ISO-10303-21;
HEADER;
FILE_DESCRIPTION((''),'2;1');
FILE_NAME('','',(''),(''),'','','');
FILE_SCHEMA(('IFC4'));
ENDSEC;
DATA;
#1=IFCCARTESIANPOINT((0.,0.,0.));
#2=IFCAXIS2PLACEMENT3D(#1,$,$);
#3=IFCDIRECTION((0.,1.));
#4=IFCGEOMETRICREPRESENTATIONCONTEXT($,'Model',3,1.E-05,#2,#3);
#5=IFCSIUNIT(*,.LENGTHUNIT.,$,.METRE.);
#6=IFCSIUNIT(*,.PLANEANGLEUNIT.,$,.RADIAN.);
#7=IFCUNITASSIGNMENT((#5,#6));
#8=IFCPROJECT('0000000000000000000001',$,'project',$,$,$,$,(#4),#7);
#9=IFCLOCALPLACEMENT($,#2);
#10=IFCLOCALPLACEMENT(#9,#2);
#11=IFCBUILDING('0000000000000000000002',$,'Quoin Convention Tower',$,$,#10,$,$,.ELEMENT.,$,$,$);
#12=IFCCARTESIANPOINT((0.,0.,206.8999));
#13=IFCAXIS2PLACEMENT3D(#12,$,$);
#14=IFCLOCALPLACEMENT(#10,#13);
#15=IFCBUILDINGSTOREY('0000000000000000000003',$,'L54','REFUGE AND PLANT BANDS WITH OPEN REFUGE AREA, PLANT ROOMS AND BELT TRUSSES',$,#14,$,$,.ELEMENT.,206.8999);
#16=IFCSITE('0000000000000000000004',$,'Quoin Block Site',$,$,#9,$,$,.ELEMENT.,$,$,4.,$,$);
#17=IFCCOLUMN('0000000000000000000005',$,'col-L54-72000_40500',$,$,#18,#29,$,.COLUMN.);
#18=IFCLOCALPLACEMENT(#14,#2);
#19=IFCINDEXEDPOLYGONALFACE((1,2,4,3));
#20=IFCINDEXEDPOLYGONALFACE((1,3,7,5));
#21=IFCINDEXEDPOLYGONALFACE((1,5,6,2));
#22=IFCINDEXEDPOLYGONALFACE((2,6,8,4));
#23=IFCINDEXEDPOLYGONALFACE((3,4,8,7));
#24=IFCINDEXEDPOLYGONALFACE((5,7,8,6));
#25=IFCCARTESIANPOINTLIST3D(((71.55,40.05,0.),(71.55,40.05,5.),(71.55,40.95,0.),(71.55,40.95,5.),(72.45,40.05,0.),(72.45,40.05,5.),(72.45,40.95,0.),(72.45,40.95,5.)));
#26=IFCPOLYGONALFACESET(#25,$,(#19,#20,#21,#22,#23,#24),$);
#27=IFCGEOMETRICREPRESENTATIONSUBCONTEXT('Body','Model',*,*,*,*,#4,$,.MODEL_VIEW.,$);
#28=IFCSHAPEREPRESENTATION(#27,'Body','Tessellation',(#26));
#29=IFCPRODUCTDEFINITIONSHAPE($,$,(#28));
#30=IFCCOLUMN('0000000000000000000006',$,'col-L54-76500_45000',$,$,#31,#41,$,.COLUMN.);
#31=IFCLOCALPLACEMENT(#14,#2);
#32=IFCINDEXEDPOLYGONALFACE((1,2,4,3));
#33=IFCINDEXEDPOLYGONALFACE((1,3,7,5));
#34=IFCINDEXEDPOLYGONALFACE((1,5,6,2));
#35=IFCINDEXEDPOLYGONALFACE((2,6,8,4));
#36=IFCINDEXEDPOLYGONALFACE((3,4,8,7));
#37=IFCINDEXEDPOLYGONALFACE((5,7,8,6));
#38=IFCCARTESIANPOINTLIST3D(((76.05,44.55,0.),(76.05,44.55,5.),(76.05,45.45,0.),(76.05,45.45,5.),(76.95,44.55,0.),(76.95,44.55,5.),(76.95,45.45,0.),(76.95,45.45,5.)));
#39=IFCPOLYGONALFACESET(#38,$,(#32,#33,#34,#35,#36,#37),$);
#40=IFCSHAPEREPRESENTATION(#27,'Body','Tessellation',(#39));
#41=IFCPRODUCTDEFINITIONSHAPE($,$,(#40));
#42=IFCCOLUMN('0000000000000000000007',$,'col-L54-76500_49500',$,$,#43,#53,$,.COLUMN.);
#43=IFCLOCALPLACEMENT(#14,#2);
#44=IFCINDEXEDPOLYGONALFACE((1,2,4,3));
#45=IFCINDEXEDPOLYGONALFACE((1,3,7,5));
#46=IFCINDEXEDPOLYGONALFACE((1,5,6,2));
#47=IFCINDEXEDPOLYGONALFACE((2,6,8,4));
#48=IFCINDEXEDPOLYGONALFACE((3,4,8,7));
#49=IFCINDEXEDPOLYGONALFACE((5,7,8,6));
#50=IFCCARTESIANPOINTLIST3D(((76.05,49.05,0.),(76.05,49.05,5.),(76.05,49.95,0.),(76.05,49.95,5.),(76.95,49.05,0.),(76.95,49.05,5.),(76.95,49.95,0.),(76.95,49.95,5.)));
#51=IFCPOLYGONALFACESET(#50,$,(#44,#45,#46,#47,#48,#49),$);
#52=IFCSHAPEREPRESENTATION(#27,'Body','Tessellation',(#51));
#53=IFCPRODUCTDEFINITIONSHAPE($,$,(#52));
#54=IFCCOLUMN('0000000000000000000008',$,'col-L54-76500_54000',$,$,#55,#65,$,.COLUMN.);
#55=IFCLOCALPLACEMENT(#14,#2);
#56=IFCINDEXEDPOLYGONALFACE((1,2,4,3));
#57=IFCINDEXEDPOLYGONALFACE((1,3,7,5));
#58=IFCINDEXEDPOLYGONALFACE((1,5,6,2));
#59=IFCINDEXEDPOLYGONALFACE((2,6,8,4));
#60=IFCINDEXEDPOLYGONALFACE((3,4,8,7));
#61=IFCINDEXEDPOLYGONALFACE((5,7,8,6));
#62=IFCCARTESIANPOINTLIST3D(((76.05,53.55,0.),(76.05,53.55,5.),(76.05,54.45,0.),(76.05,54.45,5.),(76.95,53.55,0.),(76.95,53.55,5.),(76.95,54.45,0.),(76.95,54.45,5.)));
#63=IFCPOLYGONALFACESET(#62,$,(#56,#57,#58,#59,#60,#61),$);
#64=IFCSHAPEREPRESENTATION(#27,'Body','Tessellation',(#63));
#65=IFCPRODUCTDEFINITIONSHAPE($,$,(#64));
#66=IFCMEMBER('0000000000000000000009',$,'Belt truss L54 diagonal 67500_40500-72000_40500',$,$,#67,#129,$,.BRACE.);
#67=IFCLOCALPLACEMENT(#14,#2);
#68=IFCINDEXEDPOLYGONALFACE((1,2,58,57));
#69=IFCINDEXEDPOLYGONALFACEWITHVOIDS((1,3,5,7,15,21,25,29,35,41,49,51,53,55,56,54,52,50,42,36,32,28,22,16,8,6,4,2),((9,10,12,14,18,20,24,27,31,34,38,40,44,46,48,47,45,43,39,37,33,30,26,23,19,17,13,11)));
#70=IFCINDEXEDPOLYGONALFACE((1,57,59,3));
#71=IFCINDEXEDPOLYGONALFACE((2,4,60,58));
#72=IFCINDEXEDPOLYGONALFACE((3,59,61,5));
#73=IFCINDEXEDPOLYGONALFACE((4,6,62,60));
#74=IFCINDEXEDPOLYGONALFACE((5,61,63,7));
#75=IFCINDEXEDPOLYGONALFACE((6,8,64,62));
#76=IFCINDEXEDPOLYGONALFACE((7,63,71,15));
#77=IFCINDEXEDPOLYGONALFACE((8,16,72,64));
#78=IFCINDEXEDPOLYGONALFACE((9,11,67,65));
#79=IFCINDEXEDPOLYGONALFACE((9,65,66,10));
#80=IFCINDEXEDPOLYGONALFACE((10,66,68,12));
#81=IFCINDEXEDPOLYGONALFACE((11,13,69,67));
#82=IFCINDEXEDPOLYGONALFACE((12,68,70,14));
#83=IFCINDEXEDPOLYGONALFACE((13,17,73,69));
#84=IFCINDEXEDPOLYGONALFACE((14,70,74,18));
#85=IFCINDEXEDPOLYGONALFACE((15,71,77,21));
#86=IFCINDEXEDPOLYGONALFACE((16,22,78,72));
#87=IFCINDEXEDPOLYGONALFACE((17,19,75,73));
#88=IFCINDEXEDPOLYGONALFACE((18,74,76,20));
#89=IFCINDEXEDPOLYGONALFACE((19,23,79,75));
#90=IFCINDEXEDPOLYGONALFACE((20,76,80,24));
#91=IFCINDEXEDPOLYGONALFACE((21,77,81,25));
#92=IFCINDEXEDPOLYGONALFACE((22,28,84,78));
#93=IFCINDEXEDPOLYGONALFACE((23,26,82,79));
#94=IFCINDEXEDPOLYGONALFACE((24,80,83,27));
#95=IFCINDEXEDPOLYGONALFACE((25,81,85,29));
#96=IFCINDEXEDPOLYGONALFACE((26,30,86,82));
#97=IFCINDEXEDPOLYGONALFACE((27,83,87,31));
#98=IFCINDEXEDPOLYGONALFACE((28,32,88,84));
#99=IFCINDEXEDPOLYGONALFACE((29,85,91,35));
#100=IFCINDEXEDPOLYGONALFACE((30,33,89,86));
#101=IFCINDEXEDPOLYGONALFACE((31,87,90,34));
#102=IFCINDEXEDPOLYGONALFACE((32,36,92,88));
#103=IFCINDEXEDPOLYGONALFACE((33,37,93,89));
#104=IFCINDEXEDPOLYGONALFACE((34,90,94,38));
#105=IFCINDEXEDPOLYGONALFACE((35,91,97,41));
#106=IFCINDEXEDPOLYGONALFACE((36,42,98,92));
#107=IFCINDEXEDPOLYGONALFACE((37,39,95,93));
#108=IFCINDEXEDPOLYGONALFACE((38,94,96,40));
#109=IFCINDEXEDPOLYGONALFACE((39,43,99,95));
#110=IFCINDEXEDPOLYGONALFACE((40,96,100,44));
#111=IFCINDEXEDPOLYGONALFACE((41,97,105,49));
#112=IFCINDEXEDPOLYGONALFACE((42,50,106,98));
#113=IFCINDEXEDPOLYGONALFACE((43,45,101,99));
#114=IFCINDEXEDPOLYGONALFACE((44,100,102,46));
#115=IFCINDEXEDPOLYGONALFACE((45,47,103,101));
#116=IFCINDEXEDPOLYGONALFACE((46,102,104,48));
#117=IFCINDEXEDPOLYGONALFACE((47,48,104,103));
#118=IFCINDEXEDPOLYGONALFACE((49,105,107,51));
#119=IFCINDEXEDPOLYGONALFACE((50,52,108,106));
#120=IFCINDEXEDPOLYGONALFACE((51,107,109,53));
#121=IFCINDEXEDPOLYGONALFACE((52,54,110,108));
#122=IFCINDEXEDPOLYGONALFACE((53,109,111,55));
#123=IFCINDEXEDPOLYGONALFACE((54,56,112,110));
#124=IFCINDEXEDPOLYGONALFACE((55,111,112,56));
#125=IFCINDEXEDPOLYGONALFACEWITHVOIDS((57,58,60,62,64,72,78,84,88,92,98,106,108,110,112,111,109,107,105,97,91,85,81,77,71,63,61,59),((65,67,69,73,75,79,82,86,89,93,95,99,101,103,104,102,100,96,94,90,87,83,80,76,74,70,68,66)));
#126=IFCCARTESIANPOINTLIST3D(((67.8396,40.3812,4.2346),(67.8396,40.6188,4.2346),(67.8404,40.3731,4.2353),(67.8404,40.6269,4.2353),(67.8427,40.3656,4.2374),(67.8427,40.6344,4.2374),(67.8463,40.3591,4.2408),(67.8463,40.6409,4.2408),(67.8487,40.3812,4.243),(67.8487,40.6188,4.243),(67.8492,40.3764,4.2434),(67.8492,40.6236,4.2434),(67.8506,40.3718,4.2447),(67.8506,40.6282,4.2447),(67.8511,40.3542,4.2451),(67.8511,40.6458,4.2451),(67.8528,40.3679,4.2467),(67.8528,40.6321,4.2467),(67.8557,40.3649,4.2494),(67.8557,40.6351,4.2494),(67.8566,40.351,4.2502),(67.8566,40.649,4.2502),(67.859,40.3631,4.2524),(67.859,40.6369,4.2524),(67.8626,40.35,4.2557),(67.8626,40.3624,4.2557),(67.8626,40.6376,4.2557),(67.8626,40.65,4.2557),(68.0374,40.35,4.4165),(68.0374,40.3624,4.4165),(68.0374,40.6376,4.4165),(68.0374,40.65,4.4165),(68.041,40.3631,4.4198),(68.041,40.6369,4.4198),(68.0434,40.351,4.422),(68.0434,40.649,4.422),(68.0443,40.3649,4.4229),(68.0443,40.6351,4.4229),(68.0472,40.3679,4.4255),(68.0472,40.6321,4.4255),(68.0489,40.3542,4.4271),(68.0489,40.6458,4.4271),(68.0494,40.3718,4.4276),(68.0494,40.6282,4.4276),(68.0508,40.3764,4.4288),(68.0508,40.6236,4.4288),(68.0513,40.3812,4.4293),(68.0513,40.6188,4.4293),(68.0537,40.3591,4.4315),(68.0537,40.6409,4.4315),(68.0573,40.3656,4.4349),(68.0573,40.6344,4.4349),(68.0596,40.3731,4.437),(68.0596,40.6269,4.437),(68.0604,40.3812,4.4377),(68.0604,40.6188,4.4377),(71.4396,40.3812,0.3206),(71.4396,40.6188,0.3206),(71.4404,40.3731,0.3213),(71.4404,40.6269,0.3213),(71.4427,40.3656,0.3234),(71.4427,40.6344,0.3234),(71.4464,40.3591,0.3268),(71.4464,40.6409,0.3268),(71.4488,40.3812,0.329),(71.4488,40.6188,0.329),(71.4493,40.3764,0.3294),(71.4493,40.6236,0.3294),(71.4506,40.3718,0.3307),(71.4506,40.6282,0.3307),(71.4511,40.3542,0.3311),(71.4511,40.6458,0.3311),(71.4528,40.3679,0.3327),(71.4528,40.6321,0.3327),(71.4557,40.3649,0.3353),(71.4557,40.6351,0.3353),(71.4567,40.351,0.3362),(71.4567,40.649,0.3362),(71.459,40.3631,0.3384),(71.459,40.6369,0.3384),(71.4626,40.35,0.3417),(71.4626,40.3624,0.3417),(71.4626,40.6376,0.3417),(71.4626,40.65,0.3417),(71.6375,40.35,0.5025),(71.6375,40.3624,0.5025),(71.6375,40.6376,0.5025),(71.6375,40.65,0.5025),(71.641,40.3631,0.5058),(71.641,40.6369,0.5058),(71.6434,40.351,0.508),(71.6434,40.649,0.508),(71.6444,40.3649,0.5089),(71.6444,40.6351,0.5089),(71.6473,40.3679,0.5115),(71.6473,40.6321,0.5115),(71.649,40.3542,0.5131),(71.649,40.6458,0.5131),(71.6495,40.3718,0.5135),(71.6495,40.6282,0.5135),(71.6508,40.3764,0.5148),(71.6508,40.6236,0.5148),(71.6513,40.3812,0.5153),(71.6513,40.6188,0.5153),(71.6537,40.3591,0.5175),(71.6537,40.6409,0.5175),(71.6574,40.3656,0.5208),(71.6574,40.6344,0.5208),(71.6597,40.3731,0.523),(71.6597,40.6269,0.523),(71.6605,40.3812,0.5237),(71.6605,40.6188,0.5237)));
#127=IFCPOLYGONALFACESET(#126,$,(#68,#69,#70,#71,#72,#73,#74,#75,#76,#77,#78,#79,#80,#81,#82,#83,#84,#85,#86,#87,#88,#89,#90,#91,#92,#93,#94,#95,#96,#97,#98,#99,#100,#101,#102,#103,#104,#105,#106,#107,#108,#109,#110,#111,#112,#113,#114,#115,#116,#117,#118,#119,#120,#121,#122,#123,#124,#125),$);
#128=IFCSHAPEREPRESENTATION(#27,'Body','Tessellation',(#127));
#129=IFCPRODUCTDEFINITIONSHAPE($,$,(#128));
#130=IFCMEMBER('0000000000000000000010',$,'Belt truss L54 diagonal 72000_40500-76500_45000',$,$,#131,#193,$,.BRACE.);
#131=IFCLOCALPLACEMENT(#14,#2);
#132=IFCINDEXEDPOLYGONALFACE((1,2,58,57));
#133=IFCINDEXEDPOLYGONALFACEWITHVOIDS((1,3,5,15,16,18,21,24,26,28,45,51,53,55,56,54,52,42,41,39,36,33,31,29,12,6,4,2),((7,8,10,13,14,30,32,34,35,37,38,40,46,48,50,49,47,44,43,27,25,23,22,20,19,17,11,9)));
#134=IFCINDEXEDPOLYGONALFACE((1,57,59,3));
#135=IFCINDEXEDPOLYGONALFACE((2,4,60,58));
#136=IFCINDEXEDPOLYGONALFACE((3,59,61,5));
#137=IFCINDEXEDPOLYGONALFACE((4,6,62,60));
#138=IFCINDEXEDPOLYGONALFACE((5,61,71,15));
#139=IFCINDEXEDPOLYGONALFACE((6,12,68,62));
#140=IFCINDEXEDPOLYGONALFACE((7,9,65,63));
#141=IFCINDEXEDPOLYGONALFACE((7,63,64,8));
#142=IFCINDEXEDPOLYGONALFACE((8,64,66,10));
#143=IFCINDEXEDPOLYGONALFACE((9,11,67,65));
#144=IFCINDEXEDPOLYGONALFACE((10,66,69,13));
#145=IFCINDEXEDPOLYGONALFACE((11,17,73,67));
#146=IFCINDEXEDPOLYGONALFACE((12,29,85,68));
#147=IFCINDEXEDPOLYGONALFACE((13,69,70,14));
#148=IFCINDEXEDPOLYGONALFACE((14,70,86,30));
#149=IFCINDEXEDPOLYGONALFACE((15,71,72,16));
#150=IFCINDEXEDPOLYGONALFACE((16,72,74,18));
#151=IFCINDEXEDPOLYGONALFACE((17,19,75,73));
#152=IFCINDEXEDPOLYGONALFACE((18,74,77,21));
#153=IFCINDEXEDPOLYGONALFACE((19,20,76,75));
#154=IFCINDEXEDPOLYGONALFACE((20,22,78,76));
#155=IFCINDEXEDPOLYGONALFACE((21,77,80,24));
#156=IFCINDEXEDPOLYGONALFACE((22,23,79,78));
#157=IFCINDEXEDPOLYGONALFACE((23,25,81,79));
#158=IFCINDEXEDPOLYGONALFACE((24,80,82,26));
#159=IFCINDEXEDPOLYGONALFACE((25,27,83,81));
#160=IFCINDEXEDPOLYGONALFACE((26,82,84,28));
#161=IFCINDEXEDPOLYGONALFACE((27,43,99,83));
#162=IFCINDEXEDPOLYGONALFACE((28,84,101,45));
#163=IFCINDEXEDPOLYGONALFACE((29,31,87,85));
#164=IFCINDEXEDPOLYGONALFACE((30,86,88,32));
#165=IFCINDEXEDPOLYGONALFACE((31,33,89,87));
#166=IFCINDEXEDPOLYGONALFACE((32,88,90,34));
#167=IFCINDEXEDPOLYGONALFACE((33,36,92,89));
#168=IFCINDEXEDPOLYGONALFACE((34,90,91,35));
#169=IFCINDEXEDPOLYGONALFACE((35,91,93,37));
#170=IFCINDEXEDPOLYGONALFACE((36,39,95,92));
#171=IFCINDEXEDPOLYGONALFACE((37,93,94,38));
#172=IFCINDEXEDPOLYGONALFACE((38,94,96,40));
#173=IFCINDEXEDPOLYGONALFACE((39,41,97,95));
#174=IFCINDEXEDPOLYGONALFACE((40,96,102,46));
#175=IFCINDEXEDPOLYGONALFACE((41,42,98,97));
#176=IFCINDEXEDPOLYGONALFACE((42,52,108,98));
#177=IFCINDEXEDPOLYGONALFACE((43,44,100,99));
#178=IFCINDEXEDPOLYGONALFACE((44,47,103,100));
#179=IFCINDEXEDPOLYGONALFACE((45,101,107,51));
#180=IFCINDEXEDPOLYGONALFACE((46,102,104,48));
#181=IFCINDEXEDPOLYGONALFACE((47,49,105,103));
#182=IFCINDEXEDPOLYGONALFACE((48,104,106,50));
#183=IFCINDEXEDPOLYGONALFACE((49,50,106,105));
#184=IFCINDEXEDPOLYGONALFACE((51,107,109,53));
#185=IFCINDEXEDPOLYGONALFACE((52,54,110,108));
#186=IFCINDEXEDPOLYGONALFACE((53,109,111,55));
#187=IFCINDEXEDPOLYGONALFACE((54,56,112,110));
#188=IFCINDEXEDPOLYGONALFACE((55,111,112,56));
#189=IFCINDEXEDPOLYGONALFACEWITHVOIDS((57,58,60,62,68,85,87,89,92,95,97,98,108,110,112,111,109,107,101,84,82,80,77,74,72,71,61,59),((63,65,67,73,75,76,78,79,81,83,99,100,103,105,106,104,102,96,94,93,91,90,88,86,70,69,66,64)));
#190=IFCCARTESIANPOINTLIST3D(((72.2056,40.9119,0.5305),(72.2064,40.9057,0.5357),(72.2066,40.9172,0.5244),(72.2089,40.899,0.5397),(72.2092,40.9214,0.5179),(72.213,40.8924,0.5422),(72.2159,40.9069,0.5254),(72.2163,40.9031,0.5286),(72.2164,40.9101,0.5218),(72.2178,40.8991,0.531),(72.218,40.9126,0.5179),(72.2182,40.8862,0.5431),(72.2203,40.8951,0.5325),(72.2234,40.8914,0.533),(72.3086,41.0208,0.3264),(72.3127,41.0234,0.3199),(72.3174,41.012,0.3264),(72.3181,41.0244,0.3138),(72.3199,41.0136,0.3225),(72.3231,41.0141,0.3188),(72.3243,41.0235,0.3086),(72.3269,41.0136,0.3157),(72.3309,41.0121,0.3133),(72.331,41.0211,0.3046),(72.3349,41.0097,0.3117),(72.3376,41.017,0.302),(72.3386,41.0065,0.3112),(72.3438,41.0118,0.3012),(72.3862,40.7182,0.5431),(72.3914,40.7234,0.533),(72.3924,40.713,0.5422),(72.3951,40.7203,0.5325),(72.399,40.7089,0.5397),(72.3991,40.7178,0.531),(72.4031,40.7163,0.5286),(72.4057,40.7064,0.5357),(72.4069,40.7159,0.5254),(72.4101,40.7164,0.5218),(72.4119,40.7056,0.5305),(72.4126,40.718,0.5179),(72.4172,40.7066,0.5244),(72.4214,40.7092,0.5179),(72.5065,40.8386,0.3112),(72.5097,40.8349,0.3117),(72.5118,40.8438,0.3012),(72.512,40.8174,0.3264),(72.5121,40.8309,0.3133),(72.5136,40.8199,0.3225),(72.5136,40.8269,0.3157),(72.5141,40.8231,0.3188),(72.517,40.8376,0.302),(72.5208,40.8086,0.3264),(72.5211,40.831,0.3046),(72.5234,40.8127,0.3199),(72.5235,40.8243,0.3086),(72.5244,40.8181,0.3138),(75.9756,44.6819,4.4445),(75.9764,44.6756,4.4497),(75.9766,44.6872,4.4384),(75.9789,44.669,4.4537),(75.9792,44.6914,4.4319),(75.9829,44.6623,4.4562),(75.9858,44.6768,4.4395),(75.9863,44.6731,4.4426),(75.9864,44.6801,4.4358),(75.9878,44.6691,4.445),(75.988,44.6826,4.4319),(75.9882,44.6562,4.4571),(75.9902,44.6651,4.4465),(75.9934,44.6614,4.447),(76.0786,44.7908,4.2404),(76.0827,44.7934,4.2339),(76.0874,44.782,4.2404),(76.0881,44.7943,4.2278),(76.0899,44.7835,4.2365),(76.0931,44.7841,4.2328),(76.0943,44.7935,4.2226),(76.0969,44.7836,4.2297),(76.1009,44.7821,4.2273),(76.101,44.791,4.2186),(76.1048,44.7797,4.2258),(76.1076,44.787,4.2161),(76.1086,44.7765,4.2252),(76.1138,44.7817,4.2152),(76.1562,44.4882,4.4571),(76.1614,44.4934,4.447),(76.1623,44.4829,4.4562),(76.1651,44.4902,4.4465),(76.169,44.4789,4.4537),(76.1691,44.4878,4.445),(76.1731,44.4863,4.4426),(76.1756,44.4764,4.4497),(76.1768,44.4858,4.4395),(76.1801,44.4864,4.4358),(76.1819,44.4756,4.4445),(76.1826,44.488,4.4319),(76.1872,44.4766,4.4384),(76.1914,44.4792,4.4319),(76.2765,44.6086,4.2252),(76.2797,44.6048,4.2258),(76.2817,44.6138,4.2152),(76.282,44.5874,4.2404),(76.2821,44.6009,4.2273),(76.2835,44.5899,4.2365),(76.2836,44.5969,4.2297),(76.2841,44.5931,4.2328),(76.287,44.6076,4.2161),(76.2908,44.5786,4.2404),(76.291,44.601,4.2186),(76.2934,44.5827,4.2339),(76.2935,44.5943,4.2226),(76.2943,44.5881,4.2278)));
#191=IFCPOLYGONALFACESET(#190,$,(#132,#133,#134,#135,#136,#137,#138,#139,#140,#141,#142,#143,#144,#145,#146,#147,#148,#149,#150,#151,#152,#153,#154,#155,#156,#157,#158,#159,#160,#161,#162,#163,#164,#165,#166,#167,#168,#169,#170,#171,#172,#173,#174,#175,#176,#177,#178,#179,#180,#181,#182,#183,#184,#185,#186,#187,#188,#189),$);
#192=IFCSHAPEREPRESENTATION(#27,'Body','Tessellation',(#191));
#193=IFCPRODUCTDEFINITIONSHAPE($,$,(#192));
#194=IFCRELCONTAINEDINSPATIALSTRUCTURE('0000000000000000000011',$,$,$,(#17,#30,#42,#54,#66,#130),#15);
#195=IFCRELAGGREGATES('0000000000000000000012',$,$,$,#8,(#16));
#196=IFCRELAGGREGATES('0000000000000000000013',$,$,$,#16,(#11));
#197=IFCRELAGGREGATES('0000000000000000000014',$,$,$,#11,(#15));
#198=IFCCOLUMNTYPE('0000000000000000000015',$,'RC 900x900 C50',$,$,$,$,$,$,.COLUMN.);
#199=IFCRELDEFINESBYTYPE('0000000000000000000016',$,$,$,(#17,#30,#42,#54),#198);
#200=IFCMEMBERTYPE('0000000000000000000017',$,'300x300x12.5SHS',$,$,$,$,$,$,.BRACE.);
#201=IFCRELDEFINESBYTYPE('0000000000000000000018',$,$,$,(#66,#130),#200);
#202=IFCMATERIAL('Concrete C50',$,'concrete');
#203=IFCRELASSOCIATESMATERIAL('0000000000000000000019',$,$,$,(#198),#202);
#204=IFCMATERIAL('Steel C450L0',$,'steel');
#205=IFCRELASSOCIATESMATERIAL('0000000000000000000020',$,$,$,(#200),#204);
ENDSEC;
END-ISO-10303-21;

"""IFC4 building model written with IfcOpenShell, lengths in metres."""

from ifc_helpers import new_model, si_unit, direction, frame, origin, origin_2d, place, context, subcontext, project, spatial, rectangle, hollow_rectangle, extrude, material, material_profile, profile_set, type_object, element, save


model = new_model("IFC4")

# Units and contexts
model_context = context("Model", 3, precision=1e-05, world=origin(), true_north=direction((0.0, 1.0)))
body_context = subcontext(model_context, "Body", "Model", "MODEL_VIEW")
ifc_project = project(units=[si_unit("LENGTHUNIT", "METRE"), si_unit("PLANEANGLEUNIT", "RADIAN")], contexts=[model_context])

# Site, building, storey
site_placement = place(None, origin())
site = spatial("IfcSite", under=ifc_project, at=site_placement, Name="Quoin Block Site", CompositionType="ELEMENT", RefElevation=4.0)
building_placement = place(site_placement, origin())
building = spatial("IfcBuilding", under=site, at=building_placement, Name="Quoin Convention Tower", CompositionType="ELEMENT")
storey_placement = place(building_placement, frame((0.0, 0.0, 206.8999)))
storey = spatial("IfcBuildingStorey", under=building, at=storey_placement, Name="L54", Description="REFUGE AND PLANT BANDS WITH OPEN REFUGE AREA, PLANT ROOMS AND BELT TRUSSES", CompositionType="ELEMENT", Elevation=206.8999)

# Columns
ifc_material_1 = material(Name="Concrete C50", Category="concrete")
ifc_material_profile_1 = material_profile(ifc_material_1, rectangle(XDim=0.8999, YDim=0.8999, at=origin_2d()), Name="RC 900x900")
ifc_profile_set_1 = profile_set([ifc_material_profile_1], Name="Concrete C50")
column_type = type_object("IfcColumnType", Name="RC 900x900 C50", PredefinedType="COLUMN", material=ifc_profile_set_1)
for number, where, z_axis, x_axis, name in (
    (1, (72.0, 40.5, 0.0), (0.0, 0.0, 1.0), (1.0, 0.0, 0.0), "col-L54-72000_40500"),
    (2, (76.5, 45.0, 0.0), (0.0, 0.0, 1.0), (1.0, 0.0, 0.0), "col-L54-76500_45000"),
    (3, (76.5, 49.5, 0.0), (0.0, 0.0, 1.0), (1.0, 0.0, 0.0), "col-L54-76500_49500"),
    (4, (76.5, 54.0, 0.0), (0.0, 0.0, 1.0), (1.0, 0.0, 0.0), "col-L54-76500_54000"),
):
    element("IfcColumn", number, at=place(storey_placement, frame(where, z_axis=z_axis, x_axis=x_axis)), inside=storey, type_object=column_type, Name=name, PredefinedType="COLUMN", context=body_context, shape_type="SweptSolid", body=[
        extrude(rectangle(XDim=0.8999, YDim=0.8999, at=origin_2d()), origin(), (0.0, 0.0, 1.0), 5.0),
    ])

# Members
ifc_material_2 = material(Name="Steel C450L0", Category="steel")
ifc_material_profile_2 = material_profile(ifc_material_2, hollow_rectangle(XDim=0.3, YDim=0.3, WallThickness=0.0125, InnerFilletRadius=0.0188, OuterFilletRadius=0.0312, at=origin_2d()), Name="300x300x12.5SHS")
ifc_profile_set_2 = profile_set([ifc_material_profile_2], Name="Steel C450L0")
member_type_1 = type_object("IfcMemberType", Name="300x300x12.5SHS", PredefinedType="BRACE", material=ifc_profile_set_2)
member_1_placement = place(storey_placement, frame((71.55, 40.5, 0.4221), z_axis=(-0.676971, 0.0, 0.73601), x_axis=(0.0, -1.0, 0.0)))
element("IfcMember", 5, at=member_1_placement, inside=storey, type_object=member_type_1, Name="Belt truss L54 diagonal 67500_40500-72000_40500", PredefinedType="BRACE", context=body_context, shape_type="SweptSolid", body=[
    extrude(hollow_rectangle(XDim=0.3, YDim=0.3, WallThickness=0.0125, InnerFilletRadius=0.0188, OuterFilletRadius=0.0312, at=origin_2d()), origin(), (0.0, 0.0, 1.0), 5.3179),
])
member_2_placement = place(storey_placement, frame((72.365, 40.865, 0.4221), z_axis=(0.57, 0.57, 0.591778), x_axis=(-0.707107, 0.707107, 0.0)))
element("IfcMember", 6, at=member_2_placement, inside=storey, type_object=member_type_1, Name="Belt truss L54 diagonal 72000_40500-76500_45000", PredefinedType="BRACE", context=body_context, shape_type="SweptSolid", body=[
    extrude(hollow_rectangle(XDim=0.3, YDim=0.3, WallThickness=0.0125, InnerFilletRadius=0.0188, OuterFilletRadius=0.0312, at=origin_2d()), origin(), (0.0, 0.0, 1.0), 6.614),
])

save(model, "model.ifc")
